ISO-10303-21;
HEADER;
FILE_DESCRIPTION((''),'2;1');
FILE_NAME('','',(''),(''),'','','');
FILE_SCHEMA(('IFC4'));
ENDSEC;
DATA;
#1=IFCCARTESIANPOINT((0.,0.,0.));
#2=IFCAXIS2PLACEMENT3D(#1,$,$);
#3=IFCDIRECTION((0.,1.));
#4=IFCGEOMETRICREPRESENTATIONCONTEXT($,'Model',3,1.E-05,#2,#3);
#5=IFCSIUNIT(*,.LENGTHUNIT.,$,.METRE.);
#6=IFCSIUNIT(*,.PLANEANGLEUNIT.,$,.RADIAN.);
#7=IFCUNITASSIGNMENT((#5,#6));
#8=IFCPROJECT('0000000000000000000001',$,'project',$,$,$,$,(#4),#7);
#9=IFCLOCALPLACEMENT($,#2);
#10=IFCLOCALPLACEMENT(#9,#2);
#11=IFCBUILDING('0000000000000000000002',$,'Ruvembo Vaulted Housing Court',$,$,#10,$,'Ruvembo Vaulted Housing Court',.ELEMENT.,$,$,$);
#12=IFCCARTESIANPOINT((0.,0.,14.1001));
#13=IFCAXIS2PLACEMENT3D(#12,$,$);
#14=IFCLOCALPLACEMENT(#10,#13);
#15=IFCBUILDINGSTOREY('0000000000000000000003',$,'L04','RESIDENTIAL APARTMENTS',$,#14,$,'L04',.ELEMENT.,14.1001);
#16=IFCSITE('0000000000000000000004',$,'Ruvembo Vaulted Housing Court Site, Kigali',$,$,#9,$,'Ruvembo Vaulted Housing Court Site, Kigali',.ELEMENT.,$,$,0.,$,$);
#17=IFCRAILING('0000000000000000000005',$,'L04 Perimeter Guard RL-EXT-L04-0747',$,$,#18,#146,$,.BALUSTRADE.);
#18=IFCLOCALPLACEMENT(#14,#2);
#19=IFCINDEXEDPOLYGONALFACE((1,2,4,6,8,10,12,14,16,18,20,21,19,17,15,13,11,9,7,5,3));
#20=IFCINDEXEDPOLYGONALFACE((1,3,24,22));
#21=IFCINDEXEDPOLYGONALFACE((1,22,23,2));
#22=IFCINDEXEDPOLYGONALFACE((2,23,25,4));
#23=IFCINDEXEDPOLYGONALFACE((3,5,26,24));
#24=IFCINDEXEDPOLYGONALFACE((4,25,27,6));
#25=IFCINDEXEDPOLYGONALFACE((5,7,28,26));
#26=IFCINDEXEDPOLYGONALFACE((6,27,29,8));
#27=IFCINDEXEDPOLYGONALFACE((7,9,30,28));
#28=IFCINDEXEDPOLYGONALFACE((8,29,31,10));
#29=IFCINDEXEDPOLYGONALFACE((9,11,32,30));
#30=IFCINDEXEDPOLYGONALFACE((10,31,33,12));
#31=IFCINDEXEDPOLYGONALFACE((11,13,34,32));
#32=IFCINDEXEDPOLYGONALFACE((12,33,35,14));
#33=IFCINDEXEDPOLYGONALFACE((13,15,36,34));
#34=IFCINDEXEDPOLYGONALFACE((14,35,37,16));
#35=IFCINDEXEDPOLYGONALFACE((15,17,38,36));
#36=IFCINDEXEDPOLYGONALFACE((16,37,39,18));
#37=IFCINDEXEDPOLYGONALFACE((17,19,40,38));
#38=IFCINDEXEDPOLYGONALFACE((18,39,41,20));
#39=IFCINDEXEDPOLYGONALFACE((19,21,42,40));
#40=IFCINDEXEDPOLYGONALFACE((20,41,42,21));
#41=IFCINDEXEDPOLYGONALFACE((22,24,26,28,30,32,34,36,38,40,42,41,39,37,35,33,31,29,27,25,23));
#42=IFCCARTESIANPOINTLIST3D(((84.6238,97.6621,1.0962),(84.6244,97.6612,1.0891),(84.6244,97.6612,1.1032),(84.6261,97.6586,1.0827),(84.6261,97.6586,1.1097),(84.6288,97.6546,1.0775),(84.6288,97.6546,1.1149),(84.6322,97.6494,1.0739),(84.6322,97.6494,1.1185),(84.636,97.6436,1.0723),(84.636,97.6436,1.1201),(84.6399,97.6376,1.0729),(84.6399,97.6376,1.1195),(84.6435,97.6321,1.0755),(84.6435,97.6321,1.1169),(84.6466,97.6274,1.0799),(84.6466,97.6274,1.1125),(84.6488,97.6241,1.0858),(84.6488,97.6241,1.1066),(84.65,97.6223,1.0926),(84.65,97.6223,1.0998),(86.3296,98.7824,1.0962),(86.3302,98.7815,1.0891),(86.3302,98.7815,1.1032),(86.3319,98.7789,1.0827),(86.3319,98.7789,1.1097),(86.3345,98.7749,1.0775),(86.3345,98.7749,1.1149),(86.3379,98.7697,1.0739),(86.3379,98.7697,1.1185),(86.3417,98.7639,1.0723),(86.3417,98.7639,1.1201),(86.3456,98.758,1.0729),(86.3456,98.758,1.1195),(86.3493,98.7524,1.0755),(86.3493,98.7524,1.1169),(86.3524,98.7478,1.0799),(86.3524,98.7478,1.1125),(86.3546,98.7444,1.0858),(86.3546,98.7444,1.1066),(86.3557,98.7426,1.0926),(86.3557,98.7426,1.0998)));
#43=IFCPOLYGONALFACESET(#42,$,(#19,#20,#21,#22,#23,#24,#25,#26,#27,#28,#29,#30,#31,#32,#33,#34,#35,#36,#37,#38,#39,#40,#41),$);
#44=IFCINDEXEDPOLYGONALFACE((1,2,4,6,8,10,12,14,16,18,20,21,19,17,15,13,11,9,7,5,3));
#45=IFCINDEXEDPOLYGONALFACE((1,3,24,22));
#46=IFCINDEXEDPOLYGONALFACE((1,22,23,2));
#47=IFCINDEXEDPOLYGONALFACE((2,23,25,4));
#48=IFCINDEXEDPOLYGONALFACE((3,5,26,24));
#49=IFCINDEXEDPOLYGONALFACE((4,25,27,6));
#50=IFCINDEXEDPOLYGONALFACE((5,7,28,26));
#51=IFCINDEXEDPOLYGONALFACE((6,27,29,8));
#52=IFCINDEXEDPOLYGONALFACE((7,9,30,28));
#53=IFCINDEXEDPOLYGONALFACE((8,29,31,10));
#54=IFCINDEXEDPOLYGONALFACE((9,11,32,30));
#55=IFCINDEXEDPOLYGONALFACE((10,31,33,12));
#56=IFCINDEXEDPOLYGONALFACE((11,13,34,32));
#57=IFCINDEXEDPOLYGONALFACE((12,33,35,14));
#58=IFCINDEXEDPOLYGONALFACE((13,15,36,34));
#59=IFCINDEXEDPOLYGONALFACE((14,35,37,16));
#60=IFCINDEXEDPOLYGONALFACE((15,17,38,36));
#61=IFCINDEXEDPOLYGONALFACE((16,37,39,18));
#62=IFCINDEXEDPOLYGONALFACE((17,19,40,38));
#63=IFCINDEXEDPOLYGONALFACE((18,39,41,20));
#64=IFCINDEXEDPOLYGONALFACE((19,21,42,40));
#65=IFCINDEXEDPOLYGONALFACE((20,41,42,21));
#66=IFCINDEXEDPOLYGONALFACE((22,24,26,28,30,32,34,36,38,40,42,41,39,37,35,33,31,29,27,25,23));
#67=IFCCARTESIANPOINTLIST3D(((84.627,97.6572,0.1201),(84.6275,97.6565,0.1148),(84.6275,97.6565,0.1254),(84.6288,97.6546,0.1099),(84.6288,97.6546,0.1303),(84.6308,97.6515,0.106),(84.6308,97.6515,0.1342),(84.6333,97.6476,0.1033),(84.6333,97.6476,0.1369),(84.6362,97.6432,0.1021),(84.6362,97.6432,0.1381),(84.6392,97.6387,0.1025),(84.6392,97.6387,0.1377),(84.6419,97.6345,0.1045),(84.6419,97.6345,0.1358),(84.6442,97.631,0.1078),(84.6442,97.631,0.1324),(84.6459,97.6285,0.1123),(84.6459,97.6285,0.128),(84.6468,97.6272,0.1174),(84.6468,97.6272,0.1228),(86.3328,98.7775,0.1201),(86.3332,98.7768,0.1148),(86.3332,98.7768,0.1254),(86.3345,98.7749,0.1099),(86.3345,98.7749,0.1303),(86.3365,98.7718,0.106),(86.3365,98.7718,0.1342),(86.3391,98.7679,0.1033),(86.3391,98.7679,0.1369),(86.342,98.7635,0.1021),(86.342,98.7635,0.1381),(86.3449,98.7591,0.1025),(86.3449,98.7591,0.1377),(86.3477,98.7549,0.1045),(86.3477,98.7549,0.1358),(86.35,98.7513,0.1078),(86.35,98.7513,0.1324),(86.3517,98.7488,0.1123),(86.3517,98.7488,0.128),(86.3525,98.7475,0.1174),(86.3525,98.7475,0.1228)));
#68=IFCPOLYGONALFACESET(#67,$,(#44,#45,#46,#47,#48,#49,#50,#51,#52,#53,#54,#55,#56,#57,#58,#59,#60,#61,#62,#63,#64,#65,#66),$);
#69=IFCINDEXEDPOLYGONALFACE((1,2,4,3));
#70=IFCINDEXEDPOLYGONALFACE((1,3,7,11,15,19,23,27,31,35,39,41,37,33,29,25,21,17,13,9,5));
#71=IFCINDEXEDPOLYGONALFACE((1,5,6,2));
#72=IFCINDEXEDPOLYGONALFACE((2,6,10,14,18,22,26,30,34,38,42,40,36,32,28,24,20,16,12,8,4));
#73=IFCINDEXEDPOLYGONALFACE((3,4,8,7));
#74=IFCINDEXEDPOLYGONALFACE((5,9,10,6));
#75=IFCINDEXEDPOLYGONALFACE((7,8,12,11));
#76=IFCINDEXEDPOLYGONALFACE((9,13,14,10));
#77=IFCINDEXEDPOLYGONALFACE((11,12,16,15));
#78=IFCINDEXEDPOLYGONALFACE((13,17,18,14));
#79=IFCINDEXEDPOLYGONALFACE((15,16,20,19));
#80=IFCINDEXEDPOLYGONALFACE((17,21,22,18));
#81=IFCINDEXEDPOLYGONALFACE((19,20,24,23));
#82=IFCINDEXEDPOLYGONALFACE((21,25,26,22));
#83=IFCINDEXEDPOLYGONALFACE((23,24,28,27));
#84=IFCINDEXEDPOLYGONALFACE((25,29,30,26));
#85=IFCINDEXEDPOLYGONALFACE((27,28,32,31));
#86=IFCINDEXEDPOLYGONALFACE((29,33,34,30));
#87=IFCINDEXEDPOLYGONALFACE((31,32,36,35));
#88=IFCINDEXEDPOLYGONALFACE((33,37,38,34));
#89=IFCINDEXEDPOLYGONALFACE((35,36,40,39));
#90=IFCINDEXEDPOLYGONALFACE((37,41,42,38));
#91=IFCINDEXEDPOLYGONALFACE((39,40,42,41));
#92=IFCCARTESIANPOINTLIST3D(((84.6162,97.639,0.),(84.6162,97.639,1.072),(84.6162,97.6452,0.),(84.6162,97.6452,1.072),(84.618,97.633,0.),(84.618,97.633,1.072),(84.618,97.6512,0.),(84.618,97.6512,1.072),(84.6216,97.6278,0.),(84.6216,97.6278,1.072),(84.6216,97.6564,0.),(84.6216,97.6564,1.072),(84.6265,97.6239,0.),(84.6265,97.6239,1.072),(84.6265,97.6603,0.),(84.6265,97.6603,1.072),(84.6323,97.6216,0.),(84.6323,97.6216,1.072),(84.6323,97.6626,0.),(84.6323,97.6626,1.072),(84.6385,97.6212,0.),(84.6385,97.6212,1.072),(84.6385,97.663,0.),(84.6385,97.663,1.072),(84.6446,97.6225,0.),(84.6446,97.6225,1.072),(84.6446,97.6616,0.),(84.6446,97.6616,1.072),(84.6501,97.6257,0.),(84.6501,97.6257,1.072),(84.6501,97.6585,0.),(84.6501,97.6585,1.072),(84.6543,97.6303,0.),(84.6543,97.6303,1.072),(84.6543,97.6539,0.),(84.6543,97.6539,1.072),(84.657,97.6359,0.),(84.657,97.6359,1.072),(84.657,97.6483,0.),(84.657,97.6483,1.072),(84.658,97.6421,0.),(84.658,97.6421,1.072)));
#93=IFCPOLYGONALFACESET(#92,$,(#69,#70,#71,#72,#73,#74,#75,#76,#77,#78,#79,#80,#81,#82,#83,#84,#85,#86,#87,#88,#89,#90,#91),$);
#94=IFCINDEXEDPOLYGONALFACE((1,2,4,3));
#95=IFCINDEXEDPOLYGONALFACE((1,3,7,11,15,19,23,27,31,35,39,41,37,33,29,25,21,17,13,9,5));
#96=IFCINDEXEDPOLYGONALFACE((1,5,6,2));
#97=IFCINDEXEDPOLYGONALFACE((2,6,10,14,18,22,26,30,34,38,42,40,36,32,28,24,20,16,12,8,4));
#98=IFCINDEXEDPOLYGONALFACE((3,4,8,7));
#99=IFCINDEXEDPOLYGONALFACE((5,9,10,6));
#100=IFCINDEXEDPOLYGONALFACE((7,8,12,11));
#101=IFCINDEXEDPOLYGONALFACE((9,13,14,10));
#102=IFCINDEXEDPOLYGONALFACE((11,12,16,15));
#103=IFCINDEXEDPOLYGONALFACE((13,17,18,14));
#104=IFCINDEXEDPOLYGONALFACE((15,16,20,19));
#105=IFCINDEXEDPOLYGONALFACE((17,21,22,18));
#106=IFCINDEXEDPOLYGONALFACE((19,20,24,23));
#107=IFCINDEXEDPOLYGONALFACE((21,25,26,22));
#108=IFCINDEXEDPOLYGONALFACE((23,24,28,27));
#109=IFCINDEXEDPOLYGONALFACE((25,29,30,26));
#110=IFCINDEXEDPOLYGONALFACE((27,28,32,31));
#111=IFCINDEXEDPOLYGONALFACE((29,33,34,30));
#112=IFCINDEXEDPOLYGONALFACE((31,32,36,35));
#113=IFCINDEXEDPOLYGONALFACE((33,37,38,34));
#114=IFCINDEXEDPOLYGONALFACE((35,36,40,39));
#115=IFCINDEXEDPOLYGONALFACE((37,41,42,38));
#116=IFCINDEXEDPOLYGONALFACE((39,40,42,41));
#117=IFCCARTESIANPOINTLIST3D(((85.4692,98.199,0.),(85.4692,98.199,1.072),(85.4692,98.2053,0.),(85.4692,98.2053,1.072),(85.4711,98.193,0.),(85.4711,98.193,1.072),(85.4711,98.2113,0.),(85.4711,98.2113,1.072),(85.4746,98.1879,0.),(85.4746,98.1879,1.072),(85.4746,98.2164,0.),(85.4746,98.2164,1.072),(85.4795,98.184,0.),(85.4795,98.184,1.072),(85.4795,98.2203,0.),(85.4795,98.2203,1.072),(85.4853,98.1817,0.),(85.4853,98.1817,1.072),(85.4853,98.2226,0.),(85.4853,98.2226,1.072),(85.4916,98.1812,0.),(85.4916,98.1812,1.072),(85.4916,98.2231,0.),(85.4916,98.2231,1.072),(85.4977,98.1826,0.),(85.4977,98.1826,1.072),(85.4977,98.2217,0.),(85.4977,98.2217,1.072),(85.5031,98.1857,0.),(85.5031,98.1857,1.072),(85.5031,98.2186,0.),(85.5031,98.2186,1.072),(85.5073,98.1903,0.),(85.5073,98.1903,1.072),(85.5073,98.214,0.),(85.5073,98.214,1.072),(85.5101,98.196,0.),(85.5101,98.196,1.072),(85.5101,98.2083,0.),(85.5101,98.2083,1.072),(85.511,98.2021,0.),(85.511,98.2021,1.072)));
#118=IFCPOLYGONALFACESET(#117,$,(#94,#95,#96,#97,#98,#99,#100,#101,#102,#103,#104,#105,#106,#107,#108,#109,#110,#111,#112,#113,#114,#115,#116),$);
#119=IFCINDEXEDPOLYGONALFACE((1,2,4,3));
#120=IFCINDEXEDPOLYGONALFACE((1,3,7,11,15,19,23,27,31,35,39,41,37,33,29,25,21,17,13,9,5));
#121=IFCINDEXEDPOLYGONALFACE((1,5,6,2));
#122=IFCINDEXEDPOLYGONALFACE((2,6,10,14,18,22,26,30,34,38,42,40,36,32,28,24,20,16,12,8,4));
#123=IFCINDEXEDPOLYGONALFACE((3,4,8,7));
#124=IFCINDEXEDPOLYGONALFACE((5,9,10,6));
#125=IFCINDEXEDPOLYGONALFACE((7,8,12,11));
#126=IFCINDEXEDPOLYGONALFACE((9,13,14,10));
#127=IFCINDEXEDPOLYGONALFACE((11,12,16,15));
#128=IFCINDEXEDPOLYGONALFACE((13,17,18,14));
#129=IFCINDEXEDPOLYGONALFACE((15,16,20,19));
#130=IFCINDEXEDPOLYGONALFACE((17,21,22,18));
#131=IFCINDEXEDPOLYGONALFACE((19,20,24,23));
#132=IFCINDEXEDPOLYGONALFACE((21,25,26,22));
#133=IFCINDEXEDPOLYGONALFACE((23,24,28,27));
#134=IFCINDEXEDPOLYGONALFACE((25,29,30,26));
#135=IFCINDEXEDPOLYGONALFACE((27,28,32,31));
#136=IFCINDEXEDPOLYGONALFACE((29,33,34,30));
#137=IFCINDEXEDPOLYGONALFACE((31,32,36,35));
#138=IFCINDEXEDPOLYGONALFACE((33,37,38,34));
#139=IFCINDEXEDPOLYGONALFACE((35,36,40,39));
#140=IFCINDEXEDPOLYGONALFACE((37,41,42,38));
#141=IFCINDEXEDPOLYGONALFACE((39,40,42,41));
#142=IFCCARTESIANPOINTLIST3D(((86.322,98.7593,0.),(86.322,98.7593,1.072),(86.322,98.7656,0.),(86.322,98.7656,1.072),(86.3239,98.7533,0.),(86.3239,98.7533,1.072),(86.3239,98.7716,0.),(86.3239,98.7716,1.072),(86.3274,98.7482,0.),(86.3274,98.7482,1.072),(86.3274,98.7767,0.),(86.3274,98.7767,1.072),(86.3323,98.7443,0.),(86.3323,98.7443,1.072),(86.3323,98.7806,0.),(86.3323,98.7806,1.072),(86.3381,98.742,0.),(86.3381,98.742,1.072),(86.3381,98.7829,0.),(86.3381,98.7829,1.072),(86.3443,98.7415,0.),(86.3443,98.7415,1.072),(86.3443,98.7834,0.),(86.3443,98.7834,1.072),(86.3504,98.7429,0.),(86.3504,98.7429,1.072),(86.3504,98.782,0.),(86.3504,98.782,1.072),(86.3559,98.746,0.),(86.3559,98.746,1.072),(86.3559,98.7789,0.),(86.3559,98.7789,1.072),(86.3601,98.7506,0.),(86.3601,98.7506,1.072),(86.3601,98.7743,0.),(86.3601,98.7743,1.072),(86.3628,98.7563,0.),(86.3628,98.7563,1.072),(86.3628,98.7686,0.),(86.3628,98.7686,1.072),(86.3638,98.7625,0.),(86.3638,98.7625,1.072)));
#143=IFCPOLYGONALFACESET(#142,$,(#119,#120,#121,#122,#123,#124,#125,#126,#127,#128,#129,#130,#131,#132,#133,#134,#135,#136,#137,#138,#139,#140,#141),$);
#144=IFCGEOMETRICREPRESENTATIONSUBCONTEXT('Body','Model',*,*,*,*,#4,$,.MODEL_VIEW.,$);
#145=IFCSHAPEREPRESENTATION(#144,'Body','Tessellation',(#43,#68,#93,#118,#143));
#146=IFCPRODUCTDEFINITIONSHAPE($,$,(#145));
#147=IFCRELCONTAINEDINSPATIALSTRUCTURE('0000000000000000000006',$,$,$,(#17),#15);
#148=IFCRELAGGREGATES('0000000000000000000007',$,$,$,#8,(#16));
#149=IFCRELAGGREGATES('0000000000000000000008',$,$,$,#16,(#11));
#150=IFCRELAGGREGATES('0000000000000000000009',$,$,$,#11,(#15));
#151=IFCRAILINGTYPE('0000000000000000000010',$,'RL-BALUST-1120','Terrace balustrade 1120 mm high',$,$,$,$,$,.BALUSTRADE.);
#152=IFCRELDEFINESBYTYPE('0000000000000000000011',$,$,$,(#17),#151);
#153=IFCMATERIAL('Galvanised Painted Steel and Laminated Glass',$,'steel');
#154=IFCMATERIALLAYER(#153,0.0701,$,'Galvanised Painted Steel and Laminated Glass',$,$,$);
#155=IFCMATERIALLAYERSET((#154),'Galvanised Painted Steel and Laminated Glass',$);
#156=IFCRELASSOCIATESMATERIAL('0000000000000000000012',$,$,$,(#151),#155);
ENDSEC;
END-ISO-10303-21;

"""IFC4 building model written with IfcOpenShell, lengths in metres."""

from ifc_helpers import new_model, si_unit, direction, frame, origin, origin_2d, place, context, subcontext, project, spatial, circle, extrude, material, layer, layer_set, type_object, element, save


model = new_model("IFC4")

# Units and contexts
model_context = context("Model", 3, precision=1e-05, world=origin(), true_north=direction((0.0, 1.0)))
body_context = subcontext(model_context, "Body", "Model", "MODEL_VIEW")
ifc_project = project(units=[si_unit("LENGTHUNIT", "METRE"), si_unit("PLANEANGLEUNIT", "RADIAN")], contexts=[model_context])

# Site, building, storey
site_placement = place(None, origin())
site = spatial("IfcSite", under=ifc_project, at=site_placement, Name="Ruvembo Vaulted Housing Court Site, Kigali", LongName="Ruvembo Vaulted Housing Court Site, Kigali", CompositionType="ELEMENT", RefElevation=0.0)
building_placement = place(site_placement, origin())
building = spatial("IfcBuilding", under=site, at=building_placement, Name="Ruvembo Vaulted Housing Court", LongName="Ruvembo Vaulted Housing Court", CompositionType="ELEMENT")
storey_placement = place(building_placement, frame((0.0, 0.0, 14.1001)))
storey = spatial("IfcBuildingStorey", under=building, at=storey_placement, Name="L04", Description="RESIDENTIAL APARTMENTS", LongName="L04", CompositionType="ELEMENT", Elevation=14.1001)

# Railing
ifc_material_1 = material(Name="Galvanised Painted Steel and Laminated Glass", Category="steel")
ifc_layer_1 = layer(ifc_material_1, 0.0701, Name="Galvanised Painted Steel and Laminated Glass")
ifc_layer_set_1 = layer_set([ifc_layer_1], Name="Galvanised Painted Steel and Laminated Glass")
railing_type = type_object("IfcRailingType", Name="RL-BALUST-1120", Description="Terrace balustrade 1120 mm high", PredefinedType="BALUSTRADE", material=ifc_layer_set_1)
railing_placement = place(storey_placement, frame((84.637, 97.6421, 0.0)))
element("IfcRailing", 1, at=railing_placement, inside=storey, type_object=railing_type, Name="L04 Perimeter Guard RL-EXT-L04-0747", PredefinedType="BALUSTRADE", context=body_context, shape_type="SweptSolid", body=[
    extrude(circle(Radius=0.0239, at=origin_2d()), frame((0.0, 0.0, 1.0962), z_axis=(0.83584, 0.548973, 0.0), x_axis=(-0.548973, 0.83584, 0.0)), (0.0, 0.0, 1.0), 2.0408),
    extrude(circle(Radius=0.0181, at=origin_2d()), frame((0.0, 0.0, 0.1201), z_axis=(0.83584, 0.548973, 0.0), x_axis=(-0.548973, 0.83584, 0.0)), (0.0, 0.0, 1.0), 2.0408),
    extrude(circle(Radius=0.021, at=origin_2d()), origin(), (0.0, 0.0, 1.0), 1.072),
    extrude(circle(Radius=0.021, at=origin_2d()), frame((0.853, 0.5601, 0.0)), (0.0, 0.0, 1.0), 1.072),
    extrude(circle(Radius=0.021, at=origin_2d()), frame((1.7058, 1.1204, 0.0)), (0.0, 0.0, 1.0), 1.072),
])

save(model, "model.ifc")
